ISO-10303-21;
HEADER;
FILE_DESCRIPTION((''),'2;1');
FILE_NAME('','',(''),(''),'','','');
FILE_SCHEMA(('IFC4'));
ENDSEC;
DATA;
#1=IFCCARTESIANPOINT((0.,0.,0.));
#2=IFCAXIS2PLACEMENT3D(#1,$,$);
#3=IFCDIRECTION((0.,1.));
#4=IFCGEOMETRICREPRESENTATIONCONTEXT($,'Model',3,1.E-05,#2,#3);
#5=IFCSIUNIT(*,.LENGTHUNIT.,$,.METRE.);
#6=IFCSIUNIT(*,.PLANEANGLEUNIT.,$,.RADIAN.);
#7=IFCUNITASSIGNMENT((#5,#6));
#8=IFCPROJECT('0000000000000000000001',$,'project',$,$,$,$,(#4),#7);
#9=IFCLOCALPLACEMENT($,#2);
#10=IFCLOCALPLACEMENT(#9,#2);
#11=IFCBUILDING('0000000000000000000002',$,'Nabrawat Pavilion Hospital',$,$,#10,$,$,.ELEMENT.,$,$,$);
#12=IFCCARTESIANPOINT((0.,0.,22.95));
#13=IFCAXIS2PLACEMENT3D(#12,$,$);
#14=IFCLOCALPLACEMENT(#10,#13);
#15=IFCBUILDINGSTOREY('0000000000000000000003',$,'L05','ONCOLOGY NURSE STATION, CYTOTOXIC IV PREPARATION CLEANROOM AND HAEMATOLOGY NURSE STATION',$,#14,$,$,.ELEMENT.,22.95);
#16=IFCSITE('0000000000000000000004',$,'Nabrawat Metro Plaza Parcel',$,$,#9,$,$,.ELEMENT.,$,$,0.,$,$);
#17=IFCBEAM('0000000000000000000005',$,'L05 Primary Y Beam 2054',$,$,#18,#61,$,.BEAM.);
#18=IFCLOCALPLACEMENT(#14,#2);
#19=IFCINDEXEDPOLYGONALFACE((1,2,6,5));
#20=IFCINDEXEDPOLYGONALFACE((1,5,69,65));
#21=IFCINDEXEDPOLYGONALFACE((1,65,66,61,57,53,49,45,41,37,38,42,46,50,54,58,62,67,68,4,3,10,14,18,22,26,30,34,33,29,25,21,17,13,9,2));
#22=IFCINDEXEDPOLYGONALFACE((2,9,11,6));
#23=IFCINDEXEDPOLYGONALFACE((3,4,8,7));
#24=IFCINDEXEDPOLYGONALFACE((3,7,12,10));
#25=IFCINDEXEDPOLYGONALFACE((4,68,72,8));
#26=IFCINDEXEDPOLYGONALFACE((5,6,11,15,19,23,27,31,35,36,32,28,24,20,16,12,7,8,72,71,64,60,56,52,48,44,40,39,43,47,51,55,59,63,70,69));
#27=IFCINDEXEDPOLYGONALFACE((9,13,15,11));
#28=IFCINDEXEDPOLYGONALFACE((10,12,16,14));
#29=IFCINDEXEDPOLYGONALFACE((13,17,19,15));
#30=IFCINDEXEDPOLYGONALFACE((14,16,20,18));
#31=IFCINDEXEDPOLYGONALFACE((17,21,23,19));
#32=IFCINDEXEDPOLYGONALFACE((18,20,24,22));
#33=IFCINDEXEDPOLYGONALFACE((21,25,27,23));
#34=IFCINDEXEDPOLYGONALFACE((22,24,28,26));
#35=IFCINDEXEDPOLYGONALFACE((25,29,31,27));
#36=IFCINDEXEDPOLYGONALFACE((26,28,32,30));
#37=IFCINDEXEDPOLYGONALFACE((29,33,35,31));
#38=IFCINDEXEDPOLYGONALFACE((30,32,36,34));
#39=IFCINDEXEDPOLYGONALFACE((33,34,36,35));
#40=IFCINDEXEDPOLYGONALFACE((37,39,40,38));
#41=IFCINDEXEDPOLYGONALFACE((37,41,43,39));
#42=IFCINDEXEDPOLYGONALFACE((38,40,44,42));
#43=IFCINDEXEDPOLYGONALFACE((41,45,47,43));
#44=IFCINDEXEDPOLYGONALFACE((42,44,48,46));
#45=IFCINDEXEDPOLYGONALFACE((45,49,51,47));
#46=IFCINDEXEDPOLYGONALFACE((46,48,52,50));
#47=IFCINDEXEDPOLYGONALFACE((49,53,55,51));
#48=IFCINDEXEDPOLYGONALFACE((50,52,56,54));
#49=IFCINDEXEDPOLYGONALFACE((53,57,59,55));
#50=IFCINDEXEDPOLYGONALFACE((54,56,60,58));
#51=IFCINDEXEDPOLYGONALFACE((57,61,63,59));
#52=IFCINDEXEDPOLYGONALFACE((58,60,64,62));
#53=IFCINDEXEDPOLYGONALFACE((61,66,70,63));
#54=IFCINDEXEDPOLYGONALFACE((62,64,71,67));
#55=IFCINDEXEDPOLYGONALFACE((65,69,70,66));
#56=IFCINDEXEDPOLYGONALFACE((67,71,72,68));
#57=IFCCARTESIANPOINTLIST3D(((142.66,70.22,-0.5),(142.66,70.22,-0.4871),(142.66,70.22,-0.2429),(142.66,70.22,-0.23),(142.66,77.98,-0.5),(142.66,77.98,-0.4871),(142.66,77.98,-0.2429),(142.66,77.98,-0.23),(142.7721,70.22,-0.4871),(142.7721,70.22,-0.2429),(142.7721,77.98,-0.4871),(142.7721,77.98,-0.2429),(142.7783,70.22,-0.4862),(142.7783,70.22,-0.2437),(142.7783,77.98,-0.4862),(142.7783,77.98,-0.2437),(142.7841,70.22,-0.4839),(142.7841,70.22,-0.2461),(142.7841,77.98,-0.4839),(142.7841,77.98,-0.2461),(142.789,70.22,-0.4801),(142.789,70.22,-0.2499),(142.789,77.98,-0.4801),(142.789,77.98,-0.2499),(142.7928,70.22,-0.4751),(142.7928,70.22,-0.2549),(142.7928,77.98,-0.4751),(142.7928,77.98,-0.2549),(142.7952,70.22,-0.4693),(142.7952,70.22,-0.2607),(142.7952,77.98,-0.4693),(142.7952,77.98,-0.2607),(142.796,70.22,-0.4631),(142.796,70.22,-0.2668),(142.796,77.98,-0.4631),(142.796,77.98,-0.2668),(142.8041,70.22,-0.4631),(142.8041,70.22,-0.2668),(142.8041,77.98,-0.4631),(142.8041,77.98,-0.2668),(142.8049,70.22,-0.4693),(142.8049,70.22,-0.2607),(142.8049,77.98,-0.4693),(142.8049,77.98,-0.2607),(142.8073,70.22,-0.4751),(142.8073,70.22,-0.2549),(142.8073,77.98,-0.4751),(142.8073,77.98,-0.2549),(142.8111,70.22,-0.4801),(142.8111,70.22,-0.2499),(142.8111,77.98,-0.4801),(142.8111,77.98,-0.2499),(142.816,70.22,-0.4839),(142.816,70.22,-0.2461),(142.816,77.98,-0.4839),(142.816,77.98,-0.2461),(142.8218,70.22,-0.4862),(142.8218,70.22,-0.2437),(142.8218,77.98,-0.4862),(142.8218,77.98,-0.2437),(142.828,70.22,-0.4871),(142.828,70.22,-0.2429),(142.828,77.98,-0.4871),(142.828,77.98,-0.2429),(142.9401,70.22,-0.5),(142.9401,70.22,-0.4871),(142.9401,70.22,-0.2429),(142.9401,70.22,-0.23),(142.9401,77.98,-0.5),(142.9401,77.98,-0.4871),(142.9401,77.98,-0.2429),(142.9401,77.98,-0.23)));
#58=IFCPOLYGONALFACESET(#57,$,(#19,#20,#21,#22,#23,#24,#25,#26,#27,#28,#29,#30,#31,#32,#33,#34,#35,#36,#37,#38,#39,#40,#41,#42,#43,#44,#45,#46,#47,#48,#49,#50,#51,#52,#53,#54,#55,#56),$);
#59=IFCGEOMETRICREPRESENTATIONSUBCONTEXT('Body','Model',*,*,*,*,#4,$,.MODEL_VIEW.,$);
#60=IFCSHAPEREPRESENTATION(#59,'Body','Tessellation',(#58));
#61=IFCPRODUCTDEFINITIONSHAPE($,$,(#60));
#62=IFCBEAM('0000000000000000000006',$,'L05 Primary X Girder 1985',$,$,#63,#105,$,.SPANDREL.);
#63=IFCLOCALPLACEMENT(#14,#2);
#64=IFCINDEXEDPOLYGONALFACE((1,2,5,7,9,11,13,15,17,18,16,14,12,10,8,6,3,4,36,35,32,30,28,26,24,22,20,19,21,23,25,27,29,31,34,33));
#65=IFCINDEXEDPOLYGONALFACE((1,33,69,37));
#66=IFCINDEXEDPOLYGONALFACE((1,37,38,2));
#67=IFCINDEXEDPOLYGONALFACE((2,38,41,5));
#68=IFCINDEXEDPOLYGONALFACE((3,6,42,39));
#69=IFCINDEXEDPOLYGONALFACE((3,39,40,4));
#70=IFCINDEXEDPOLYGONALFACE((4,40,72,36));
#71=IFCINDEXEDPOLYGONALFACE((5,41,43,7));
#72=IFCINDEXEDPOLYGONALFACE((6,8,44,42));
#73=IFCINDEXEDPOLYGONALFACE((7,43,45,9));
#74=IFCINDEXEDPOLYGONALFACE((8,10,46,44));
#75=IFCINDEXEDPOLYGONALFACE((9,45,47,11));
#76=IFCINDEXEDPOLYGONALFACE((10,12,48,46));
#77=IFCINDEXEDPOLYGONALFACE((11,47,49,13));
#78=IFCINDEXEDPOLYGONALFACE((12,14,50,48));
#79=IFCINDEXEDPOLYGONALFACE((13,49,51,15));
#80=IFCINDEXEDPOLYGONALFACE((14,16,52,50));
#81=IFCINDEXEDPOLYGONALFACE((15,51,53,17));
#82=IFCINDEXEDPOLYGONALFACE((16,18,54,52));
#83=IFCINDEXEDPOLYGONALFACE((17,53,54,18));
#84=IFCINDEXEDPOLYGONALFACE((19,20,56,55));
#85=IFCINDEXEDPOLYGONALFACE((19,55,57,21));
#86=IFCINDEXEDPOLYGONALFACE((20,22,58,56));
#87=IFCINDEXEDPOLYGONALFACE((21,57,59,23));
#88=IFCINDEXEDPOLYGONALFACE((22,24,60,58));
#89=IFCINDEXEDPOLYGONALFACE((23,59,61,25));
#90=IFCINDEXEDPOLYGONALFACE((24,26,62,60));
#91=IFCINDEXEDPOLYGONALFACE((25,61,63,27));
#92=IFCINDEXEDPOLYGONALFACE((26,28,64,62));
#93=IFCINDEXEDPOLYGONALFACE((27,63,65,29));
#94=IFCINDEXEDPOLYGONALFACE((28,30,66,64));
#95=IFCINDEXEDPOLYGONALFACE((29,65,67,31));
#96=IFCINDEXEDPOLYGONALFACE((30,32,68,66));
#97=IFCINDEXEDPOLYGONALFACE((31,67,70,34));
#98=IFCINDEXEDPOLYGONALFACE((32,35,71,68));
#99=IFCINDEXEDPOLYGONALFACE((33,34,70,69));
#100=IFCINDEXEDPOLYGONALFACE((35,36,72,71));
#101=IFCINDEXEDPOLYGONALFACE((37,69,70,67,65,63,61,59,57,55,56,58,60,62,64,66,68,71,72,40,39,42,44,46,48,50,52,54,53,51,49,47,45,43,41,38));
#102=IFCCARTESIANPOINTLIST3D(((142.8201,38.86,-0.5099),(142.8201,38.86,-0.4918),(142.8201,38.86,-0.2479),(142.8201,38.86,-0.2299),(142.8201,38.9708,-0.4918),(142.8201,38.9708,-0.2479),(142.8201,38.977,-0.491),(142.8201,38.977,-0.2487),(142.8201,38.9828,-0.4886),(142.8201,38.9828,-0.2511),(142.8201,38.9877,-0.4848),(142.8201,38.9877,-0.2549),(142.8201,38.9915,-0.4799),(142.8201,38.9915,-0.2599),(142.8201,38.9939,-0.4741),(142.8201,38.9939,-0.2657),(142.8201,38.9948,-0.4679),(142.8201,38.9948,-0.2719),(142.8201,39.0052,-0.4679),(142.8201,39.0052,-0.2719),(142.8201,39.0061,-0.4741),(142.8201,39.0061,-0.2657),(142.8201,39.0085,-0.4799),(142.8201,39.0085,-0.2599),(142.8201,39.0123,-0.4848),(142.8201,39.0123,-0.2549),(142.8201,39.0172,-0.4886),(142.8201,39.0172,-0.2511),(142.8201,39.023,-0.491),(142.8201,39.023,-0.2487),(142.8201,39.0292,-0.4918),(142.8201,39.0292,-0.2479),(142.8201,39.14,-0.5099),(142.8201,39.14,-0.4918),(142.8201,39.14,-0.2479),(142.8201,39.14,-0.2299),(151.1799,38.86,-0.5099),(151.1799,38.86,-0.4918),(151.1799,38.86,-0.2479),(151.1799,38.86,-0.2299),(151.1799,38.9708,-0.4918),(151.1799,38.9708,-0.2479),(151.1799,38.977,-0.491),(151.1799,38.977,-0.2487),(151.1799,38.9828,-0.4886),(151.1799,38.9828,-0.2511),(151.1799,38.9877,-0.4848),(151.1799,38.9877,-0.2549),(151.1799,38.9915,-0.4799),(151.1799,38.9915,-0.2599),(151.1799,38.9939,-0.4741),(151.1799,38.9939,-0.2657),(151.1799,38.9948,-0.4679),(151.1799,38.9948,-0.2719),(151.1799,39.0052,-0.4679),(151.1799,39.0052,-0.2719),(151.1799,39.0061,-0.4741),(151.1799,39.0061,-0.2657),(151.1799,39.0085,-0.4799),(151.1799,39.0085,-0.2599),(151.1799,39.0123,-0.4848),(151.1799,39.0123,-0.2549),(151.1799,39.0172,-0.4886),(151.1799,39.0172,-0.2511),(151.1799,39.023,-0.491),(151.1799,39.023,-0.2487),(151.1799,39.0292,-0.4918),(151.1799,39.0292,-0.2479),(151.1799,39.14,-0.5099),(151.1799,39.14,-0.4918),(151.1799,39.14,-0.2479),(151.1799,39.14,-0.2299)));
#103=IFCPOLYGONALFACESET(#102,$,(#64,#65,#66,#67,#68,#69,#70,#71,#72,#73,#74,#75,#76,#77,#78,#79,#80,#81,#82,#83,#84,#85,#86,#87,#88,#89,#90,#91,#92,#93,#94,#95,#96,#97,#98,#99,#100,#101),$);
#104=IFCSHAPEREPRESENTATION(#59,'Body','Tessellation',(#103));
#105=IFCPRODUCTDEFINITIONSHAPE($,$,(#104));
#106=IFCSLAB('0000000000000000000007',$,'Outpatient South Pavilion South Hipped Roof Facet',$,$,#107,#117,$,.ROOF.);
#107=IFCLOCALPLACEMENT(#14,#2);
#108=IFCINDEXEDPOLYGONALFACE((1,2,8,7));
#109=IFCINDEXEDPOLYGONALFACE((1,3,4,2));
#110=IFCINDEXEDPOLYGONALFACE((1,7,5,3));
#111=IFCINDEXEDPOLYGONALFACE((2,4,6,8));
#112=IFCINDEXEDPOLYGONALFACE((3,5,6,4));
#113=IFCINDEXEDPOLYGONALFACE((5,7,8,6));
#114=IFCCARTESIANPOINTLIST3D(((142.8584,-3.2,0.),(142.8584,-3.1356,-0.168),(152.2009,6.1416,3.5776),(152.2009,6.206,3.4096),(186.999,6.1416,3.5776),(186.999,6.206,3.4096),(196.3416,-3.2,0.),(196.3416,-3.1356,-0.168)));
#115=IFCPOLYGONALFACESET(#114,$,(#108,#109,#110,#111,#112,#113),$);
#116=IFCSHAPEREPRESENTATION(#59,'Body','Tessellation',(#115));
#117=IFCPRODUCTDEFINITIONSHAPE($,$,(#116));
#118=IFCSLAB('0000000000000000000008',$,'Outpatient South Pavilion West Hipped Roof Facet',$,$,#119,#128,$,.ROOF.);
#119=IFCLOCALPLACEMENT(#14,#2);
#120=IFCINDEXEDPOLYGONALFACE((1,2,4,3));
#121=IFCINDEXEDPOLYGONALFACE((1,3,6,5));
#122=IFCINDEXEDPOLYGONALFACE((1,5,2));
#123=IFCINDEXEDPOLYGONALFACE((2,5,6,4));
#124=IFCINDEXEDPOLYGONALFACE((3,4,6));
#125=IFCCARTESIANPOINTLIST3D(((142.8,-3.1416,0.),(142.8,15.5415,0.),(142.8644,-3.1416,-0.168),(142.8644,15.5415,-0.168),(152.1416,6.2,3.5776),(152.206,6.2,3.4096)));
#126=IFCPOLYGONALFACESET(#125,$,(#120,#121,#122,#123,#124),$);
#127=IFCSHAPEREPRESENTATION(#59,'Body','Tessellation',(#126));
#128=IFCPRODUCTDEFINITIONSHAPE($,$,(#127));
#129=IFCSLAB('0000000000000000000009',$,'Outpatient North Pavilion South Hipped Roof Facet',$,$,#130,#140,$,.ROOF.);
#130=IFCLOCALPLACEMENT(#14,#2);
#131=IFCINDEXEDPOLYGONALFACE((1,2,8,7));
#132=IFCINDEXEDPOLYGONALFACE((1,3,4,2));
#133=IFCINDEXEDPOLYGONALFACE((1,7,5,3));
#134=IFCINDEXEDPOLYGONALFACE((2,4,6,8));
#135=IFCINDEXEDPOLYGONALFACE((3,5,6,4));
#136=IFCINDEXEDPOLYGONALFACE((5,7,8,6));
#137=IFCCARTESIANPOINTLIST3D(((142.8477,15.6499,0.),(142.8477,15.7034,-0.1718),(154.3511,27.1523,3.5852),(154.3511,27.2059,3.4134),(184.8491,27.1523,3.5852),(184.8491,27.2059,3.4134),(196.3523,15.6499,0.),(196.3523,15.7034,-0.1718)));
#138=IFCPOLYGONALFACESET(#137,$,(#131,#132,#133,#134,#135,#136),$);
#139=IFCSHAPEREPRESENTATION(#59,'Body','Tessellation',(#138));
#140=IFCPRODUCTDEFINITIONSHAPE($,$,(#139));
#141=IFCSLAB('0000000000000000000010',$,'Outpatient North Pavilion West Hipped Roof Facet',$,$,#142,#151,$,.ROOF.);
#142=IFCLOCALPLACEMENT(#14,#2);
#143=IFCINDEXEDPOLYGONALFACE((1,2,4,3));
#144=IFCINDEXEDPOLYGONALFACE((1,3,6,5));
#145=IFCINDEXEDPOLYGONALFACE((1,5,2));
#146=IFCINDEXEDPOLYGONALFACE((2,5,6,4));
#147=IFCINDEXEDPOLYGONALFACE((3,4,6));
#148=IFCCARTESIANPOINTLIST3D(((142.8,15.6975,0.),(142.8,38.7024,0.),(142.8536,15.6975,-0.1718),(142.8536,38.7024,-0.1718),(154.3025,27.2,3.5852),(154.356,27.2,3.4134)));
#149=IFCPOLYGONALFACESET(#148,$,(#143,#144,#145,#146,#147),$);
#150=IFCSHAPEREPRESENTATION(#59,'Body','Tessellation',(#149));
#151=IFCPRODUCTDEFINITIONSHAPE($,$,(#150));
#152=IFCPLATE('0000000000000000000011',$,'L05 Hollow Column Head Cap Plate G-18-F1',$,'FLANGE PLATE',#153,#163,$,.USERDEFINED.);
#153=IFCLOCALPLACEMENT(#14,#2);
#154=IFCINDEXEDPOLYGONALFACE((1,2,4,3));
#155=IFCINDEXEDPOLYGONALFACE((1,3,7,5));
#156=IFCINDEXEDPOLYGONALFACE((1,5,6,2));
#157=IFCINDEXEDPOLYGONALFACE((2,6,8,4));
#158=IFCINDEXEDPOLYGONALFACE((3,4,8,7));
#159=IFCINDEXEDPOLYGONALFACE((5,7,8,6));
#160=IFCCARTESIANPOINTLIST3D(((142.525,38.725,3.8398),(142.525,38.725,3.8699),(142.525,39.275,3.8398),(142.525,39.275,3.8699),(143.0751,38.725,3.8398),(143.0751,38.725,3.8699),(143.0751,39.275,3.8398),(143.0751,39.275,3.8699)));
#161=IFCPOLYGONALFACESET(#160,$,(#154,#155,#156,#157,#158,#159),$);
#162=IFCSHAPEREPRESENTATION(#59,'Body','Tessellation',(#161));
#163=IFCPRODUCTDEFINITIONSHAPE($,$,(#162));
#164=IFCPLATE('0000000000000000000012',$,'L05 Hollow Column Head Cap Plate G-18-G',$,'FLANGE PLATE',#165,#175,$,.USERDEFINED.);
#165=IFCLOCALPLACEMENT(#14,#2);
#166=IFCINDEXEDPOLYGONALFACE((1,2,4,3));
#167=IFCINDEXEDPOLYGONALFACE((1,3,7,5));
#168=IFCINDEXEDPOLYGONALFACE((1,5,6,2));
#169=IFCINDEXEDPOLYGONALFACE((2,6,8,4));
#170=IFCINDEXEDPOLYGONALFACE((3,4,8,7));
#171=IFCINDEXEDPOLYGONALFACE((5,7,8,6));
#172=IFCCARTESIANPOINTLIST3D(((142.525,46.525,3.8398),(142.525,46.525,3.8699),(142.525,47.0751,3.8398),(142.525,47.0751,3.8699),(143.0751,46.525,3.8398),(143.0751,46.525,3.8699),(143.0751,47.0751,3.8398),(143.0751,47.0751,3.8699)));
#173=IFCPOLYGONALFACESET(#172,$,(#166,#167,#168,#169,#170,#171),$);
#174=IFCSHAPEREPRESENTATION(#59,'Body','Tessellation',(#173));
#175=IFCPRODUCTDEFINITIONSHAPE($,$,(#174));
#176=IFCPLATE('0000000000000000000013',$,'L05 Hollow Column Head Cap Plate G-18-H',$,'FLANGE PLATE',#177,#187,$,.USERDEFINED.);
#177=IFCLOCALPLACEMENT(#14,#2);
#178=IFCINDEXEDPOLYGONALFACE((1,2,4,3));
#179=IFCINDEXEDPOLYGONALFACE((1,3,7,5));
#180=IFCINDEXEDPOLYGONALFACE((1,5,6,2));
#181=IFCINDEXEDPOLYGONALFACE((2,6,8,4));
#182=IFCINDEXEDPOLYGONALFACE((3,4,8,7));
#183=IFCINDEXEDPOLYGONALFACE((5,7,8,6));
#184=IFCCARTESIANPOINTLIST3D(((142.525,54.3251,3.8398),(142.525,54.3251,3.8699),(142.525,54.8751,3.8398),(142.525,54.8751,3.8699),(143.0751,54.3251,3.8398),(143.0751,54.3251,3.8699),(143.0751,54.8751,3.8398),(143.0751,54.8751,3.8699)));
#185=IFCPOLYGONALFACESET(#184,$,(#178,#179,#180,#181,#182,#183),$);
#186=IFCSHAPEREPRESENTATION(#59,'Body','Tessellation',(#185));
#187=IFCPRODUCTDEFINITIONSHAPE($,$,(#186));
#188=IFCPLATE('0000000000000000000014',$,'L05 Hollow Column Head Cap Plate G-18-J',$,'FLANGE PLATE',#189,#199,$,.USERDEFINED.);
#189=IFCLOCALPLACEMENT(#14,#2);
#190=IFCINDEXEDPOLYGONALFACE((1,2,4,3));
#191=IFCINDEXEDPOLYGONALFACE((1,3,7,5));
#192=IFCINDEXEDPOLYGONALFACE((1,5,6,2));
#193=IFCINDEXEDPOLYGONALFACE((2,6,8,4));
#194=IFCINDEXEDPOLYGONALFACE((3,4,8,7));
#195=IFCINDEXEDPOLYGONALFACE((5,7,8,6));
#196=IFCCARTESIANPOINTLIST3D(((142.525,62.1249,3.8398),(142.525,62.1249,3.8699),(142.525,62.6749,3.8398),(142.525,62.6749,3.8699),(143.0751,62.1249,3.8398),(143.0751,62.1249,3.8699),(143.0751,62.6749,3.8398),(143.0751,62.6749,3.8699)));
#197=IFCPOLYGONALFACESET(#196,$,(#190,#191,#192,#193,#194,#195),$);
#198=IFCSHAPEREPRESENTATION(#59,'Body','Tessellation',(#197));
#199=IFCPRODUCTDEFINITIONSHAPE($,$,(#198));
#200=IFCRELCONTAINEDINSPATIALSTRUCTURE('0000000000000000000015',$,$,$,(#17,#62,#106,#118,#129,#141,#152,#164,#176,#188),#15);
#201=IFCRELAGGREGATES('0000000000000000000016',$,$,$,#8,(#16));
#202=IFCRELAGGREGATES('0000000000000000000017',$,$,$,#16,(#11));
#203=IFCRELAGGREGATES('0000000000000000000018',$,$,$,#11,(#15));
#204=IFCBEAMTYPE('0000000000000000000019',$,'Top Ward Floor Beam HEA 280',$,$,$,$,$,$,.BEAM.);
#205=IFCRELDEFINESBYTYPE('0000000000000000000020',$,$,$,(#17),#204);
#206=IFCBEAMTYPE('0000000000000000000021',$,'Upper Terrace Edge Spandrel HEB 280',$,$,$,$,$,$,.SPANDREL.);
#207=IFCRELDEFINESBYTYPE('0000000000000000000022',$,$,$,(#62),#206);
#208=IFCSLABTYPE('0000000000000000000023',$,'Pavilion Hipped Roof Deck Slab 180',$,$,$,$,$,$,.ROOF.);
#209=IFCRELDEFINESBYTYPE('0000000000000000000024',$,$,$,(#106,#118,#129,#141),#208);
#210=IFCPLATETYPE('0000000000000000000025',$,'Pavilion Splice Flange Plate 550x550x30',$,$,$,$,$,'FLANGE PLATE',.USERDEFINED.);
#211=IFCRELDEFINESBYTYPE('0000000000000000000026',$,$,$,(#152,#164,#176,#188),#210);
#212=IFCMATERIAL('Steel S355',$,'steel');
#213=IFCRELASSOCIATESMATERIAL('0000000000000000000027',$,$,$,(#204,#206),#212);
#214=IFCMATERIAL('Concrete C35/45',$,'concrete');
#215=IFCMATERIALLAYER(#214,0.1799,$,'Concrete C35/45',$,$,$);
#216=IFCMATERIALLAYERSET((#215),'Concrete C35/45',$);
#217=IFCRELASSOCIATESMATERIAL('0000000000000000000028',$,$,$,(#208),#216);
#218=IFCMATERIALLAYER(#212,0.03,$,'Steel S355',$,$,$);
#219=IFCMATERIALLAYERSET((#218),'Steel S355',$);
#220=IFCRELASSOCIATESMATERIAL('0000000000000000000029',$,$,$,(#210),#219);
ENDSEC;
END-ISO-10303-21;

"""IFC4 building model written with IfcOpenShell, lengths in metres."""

from ifc_helpers import new_model, si_unit, direction, frame, origin, origin_2d, place, context, subcontext, project, spatial, polyline, rectangle, i_section, outline, extrude, material, layer, layer_set, material_profile, profile_set, type_object, element, save


model = new_model("IFC4")

# Units and contexts
model_context = context("Model", 3, precision=1e-05, world=origin(), true_north=direction((0.0, 1.0)))
body_context = subcontext(model_context, "Body", "Model", "MODEL_VIEW")
ifc_project = project(units=[si_unit("LENGTHUNIT", "METRE"), si_unit("PLANEANGLEUNIT", "RADIAN")], contexts=[model_context])

# Site, building, storey
site_placement = place(None, origin())
site = spatial("IfcSite", under=ifc_project, at=site_placement, Name="Nabrawat Metro Plaza Parcel", CompositionType="ELEMENT", RefElevation=0.0)
building_placement = place(site_placement, origin())
building = spatial("IfcBuilding", under=site, at=building_placement, Name="Nabrawat Pavilion Hospital", CompositionType="ELEMENT")
storey_placement = place(building_placement, frame((0.0, 0.0, 22.95)))
storey = spatial("IfcBuildingStorey", under=building, at=storey_placement, Name="L05", Description="ONCOLOGY NURSE STATION, CYTOTOXIC IV PREPARATION CLEANROOM AND HAEMATOLOGY NURSE STATION", CompositionType="ELEMENT", Elevation=22.95)

# Shared definitions
ifc_material_1 = material(Name="Steel S355", Category="steel")

# Beams
ifc_material_profile_1 = material_profile(ifc_material_1, i_section(OverallWidth=0.28, OverallDepth=0.27, WebThickness=0.0081, FlangeThickness=0.0129, FilletRadius=0.0239, at=origin_2d()), Name="HEA 280")
ifc_profile_set_1 = profile_set([ifc_material_profile_1], Name="Steel S355")
beam_type_1 = type_object("IfcBeamType", Name="Top Ward Floor Beam HEA 280", PredefinedType="BEAM", material=ifc_profile_set_1)
for number, where, z_axis, x_axis, name in (
    (1, (142.8, 70.22, -0.365), (0.0, 1.0, 0.0), (-1.0, 0.0, 0.0), "L05 Primary Y Beam 2054"),
):
    element("IfcBeam", number, at=place(storey_placement, frame(where, z_axis=z_axis, x_axis=x_axis)), inside=storey, type_object=beam_type_1, Name=name, PredefinedType="BEAM", context=body_context, shape_type="SweptSolid", body=[
        extrude(i_section(OverallWidth=0.28, OverallDepth=0.27, WebThickness=0.0081, FlangeThickness=0.0129, FilletRadius=0.0239, at=origin_2d()), origin(), (0.0, 0.0, 1.0), 7.76),
    ])
ifc_material_profile_2 = material_profile(ifc_material_1, i_section(OverallWidth=0.28, OverallDepth=0.28, WebThickness=0.0105, FlangeThickness=0.0181, FilletRadius=0.0239, at=origin_2d()), Name="HEB 280")
ifc_profile_set_2 = profile_set([ifc_material_profile_2], Name="Steel S355")
beam_type_2 = type_object("IfcBeamType", Name="Upper Terrace Edge Spandrel HEB 280", PredefinedType="SPANDREL", material=ifc_profile_set_2)
beam_1_placement = place(storey_placement, frame((142.8201, 39.0, -0.3699), z_axis=(1.0, 0.0, 0.0), x_axis=(0.0, 1.0, 0.0)))
element("IfcBeam", 2, at=beam_1_placement, inside=storey, type_object=beam_type_2, Name="L05 Primary X Girder 1985", PredefinedType="SPANDREL", context=body_context, shape_type="SweptSolid", body=[
    extrude(i_section(OverallWidth=0.28, OverallDepth=0.28, WebThickness=0.0105, FlangeThickness=0.0181, FilletRadius=0.0239, at=origin_2d()), origin(), (0.0, 0.0, 1.0), 8.3599),
])

# Slabs
ifc_material_2 = material(Name="Concrete C35/45", Category="concrete")
ifc_layer_1 = layer(ifc_material_2, 0.1799, Name="Concrete C35/45")
ifc_layer_set_1 = layer_set([ifc_layer_1], Name="Concrete C35/45")
slab_type = type_object("IfcSlabType", Name="Pavilion Hipped Roof Deck Slab 180", PredefinedType="ROOF", material=ifc_layer_set_1)
slab_1_placement = place(storey_placement, frame((142.8584, -3.2, 0.0), z_axis=(0.0, -0.357649, 0.933856), x_axis=(1.0, 0.0, 0.0)))
element("IfcSlab", 3, at=slab_1_placement, inside=storey, type_object=slab_type, Name="Outpatient South Pavilion South Hipped Roof Facet", PredefinedType="ROOF", context=body_context, shape_type="SweptSolid", body=[
    extrude(outline(polyline([(0.0, 0.0), (53.4832, 0.0), (44.1406, 10.0032), (9.3425, 10.0032), (0.0, 0.0)])), origin(), (0.0, 0.0, -1.0), 0.1799),
])
slab_2_placement = place(storey_placement, frame((142.8, 15.5415, 0.0), z_axis=(-0.357649, 0.0, 0.933856), x_axis=(0.0, -1.0, 0.0)))
element("IfcSlab", 4, at=slab_2_placement, inside=storey, type_object=slab_type, Name="Outpatient South Pavilion West Hipped Roof Facet", PredefinedType="ROOF", context=body_context, shape_type="SweptSolid", body=[
    extrude(outline(polyline([(0.0, 0.0), (18.6831, 0.0), (9.3416, 10.0032), (0.0, 0.0)])), origin(), (0.0, 0.0, -1.0), 0.1799),
])
slab_3_placement = place(storey_placement, frame((142.8477, 15.6499, 0.0), z_axis=(0.0, -0.297571, 0.9547), x_axis=(1.0, 0.0, 0.0)))
element("IfcSlab", 5, at=slab_3_placement, inside=storey, type_object=slab_type, Name="Outpatient North Pavilion South Hipped Roof Facet", PredefinedType="ROOF", context=body_context, shape_type="SweptSolid", body=[
    extrude(outline(polyline([(0.0, 0.0), (53.5046, 0.0), (42.0015, 12.0482), (11.5034, 12.0482), (0.0, 0.0)])), origin(), (0.0, 0.0, -1.0), 0.1799),
])
slab_4_placement = place(storey_placement, frame((142.8, 38.7024, 0.0), z_axis=(-0.297571, 0.0, 0.9547), x_axis=(0.0, -1.0, 0.0)))
element("IfcSlab", 6, at=slab_4_placement, inside=storey, type_object=slab_type, Name="Outpatient North Pavilion West Hipped Roof Facet", PredefinedType="ROOF", context=body_context, shape_type="SweptSolid", body=[
    extrude(outline(polyline([(0.0, 0.0), (23.0049, 0.0), (11.5024, 12.0482), (0.0, 0.0)])), origin(), (0.0, 0.0, -1.0), 0.1799),
])

# Plates
ifc_layer_2 = layer(ifc_material_1, 0.03, Name="Steel S355")
ifc_layer_set_2 = layer_set([ifc_layer_2], Name="Steel S355")
plate_type = type_object("IfcPlateType", Name="Pavilion Splice Flange Plate 550x550x30", ElementType="FLANGE PLATE", PredefinedType="USERDEFINED", material=ifc_layer_set_2)
for number, where, z_axis, x_axis, name in (
    (7, (142.8, 39.0, 3.8398), (0.0, 0.0, 1.0), (1.0, 0.0, 0.0), "L05 Hollow Column Head Cap Plate G-18-F1"),
    (8, (142.8, 46.8, 3.8398), (0.0, 0.0, 1.0), (1.0, 0.0, 0.0), "L05 Hollow Column Head Cap Plate G-18-G"),
    (9, (142.8, 54.6001, 3.8398), (0.0, 0.0, 1.0), (1.0, 0.0, 0.0), "L05 Hollow Column Head Cap Plate G-18-H"),
    (10, (142.8, 62.3999, 3.8398), (0.0, 0.0, 1.0), (1.0, 0.0, 0.0), "L05 Hollow Column Head Cap Plate G-18-J"),
):
    element("IfcPlate", number, at=place(storey_placement, frame(where, z_axis=z_axis, x_axis=x_axis)), inside=storey, type_object=plate_type, Name=name, ObjectType="FLANGE PLATE", PredefinedType="USERDEFINED", context=body_context, shape_type="SweptSolid", body=[
        extrude(rectangle(XDim=0.55, YDim=0.55, at=origin_2d()), origin(), (0.0, 0.0, 1.0), 0.03),
    ])

save(model, "model.ifc")
